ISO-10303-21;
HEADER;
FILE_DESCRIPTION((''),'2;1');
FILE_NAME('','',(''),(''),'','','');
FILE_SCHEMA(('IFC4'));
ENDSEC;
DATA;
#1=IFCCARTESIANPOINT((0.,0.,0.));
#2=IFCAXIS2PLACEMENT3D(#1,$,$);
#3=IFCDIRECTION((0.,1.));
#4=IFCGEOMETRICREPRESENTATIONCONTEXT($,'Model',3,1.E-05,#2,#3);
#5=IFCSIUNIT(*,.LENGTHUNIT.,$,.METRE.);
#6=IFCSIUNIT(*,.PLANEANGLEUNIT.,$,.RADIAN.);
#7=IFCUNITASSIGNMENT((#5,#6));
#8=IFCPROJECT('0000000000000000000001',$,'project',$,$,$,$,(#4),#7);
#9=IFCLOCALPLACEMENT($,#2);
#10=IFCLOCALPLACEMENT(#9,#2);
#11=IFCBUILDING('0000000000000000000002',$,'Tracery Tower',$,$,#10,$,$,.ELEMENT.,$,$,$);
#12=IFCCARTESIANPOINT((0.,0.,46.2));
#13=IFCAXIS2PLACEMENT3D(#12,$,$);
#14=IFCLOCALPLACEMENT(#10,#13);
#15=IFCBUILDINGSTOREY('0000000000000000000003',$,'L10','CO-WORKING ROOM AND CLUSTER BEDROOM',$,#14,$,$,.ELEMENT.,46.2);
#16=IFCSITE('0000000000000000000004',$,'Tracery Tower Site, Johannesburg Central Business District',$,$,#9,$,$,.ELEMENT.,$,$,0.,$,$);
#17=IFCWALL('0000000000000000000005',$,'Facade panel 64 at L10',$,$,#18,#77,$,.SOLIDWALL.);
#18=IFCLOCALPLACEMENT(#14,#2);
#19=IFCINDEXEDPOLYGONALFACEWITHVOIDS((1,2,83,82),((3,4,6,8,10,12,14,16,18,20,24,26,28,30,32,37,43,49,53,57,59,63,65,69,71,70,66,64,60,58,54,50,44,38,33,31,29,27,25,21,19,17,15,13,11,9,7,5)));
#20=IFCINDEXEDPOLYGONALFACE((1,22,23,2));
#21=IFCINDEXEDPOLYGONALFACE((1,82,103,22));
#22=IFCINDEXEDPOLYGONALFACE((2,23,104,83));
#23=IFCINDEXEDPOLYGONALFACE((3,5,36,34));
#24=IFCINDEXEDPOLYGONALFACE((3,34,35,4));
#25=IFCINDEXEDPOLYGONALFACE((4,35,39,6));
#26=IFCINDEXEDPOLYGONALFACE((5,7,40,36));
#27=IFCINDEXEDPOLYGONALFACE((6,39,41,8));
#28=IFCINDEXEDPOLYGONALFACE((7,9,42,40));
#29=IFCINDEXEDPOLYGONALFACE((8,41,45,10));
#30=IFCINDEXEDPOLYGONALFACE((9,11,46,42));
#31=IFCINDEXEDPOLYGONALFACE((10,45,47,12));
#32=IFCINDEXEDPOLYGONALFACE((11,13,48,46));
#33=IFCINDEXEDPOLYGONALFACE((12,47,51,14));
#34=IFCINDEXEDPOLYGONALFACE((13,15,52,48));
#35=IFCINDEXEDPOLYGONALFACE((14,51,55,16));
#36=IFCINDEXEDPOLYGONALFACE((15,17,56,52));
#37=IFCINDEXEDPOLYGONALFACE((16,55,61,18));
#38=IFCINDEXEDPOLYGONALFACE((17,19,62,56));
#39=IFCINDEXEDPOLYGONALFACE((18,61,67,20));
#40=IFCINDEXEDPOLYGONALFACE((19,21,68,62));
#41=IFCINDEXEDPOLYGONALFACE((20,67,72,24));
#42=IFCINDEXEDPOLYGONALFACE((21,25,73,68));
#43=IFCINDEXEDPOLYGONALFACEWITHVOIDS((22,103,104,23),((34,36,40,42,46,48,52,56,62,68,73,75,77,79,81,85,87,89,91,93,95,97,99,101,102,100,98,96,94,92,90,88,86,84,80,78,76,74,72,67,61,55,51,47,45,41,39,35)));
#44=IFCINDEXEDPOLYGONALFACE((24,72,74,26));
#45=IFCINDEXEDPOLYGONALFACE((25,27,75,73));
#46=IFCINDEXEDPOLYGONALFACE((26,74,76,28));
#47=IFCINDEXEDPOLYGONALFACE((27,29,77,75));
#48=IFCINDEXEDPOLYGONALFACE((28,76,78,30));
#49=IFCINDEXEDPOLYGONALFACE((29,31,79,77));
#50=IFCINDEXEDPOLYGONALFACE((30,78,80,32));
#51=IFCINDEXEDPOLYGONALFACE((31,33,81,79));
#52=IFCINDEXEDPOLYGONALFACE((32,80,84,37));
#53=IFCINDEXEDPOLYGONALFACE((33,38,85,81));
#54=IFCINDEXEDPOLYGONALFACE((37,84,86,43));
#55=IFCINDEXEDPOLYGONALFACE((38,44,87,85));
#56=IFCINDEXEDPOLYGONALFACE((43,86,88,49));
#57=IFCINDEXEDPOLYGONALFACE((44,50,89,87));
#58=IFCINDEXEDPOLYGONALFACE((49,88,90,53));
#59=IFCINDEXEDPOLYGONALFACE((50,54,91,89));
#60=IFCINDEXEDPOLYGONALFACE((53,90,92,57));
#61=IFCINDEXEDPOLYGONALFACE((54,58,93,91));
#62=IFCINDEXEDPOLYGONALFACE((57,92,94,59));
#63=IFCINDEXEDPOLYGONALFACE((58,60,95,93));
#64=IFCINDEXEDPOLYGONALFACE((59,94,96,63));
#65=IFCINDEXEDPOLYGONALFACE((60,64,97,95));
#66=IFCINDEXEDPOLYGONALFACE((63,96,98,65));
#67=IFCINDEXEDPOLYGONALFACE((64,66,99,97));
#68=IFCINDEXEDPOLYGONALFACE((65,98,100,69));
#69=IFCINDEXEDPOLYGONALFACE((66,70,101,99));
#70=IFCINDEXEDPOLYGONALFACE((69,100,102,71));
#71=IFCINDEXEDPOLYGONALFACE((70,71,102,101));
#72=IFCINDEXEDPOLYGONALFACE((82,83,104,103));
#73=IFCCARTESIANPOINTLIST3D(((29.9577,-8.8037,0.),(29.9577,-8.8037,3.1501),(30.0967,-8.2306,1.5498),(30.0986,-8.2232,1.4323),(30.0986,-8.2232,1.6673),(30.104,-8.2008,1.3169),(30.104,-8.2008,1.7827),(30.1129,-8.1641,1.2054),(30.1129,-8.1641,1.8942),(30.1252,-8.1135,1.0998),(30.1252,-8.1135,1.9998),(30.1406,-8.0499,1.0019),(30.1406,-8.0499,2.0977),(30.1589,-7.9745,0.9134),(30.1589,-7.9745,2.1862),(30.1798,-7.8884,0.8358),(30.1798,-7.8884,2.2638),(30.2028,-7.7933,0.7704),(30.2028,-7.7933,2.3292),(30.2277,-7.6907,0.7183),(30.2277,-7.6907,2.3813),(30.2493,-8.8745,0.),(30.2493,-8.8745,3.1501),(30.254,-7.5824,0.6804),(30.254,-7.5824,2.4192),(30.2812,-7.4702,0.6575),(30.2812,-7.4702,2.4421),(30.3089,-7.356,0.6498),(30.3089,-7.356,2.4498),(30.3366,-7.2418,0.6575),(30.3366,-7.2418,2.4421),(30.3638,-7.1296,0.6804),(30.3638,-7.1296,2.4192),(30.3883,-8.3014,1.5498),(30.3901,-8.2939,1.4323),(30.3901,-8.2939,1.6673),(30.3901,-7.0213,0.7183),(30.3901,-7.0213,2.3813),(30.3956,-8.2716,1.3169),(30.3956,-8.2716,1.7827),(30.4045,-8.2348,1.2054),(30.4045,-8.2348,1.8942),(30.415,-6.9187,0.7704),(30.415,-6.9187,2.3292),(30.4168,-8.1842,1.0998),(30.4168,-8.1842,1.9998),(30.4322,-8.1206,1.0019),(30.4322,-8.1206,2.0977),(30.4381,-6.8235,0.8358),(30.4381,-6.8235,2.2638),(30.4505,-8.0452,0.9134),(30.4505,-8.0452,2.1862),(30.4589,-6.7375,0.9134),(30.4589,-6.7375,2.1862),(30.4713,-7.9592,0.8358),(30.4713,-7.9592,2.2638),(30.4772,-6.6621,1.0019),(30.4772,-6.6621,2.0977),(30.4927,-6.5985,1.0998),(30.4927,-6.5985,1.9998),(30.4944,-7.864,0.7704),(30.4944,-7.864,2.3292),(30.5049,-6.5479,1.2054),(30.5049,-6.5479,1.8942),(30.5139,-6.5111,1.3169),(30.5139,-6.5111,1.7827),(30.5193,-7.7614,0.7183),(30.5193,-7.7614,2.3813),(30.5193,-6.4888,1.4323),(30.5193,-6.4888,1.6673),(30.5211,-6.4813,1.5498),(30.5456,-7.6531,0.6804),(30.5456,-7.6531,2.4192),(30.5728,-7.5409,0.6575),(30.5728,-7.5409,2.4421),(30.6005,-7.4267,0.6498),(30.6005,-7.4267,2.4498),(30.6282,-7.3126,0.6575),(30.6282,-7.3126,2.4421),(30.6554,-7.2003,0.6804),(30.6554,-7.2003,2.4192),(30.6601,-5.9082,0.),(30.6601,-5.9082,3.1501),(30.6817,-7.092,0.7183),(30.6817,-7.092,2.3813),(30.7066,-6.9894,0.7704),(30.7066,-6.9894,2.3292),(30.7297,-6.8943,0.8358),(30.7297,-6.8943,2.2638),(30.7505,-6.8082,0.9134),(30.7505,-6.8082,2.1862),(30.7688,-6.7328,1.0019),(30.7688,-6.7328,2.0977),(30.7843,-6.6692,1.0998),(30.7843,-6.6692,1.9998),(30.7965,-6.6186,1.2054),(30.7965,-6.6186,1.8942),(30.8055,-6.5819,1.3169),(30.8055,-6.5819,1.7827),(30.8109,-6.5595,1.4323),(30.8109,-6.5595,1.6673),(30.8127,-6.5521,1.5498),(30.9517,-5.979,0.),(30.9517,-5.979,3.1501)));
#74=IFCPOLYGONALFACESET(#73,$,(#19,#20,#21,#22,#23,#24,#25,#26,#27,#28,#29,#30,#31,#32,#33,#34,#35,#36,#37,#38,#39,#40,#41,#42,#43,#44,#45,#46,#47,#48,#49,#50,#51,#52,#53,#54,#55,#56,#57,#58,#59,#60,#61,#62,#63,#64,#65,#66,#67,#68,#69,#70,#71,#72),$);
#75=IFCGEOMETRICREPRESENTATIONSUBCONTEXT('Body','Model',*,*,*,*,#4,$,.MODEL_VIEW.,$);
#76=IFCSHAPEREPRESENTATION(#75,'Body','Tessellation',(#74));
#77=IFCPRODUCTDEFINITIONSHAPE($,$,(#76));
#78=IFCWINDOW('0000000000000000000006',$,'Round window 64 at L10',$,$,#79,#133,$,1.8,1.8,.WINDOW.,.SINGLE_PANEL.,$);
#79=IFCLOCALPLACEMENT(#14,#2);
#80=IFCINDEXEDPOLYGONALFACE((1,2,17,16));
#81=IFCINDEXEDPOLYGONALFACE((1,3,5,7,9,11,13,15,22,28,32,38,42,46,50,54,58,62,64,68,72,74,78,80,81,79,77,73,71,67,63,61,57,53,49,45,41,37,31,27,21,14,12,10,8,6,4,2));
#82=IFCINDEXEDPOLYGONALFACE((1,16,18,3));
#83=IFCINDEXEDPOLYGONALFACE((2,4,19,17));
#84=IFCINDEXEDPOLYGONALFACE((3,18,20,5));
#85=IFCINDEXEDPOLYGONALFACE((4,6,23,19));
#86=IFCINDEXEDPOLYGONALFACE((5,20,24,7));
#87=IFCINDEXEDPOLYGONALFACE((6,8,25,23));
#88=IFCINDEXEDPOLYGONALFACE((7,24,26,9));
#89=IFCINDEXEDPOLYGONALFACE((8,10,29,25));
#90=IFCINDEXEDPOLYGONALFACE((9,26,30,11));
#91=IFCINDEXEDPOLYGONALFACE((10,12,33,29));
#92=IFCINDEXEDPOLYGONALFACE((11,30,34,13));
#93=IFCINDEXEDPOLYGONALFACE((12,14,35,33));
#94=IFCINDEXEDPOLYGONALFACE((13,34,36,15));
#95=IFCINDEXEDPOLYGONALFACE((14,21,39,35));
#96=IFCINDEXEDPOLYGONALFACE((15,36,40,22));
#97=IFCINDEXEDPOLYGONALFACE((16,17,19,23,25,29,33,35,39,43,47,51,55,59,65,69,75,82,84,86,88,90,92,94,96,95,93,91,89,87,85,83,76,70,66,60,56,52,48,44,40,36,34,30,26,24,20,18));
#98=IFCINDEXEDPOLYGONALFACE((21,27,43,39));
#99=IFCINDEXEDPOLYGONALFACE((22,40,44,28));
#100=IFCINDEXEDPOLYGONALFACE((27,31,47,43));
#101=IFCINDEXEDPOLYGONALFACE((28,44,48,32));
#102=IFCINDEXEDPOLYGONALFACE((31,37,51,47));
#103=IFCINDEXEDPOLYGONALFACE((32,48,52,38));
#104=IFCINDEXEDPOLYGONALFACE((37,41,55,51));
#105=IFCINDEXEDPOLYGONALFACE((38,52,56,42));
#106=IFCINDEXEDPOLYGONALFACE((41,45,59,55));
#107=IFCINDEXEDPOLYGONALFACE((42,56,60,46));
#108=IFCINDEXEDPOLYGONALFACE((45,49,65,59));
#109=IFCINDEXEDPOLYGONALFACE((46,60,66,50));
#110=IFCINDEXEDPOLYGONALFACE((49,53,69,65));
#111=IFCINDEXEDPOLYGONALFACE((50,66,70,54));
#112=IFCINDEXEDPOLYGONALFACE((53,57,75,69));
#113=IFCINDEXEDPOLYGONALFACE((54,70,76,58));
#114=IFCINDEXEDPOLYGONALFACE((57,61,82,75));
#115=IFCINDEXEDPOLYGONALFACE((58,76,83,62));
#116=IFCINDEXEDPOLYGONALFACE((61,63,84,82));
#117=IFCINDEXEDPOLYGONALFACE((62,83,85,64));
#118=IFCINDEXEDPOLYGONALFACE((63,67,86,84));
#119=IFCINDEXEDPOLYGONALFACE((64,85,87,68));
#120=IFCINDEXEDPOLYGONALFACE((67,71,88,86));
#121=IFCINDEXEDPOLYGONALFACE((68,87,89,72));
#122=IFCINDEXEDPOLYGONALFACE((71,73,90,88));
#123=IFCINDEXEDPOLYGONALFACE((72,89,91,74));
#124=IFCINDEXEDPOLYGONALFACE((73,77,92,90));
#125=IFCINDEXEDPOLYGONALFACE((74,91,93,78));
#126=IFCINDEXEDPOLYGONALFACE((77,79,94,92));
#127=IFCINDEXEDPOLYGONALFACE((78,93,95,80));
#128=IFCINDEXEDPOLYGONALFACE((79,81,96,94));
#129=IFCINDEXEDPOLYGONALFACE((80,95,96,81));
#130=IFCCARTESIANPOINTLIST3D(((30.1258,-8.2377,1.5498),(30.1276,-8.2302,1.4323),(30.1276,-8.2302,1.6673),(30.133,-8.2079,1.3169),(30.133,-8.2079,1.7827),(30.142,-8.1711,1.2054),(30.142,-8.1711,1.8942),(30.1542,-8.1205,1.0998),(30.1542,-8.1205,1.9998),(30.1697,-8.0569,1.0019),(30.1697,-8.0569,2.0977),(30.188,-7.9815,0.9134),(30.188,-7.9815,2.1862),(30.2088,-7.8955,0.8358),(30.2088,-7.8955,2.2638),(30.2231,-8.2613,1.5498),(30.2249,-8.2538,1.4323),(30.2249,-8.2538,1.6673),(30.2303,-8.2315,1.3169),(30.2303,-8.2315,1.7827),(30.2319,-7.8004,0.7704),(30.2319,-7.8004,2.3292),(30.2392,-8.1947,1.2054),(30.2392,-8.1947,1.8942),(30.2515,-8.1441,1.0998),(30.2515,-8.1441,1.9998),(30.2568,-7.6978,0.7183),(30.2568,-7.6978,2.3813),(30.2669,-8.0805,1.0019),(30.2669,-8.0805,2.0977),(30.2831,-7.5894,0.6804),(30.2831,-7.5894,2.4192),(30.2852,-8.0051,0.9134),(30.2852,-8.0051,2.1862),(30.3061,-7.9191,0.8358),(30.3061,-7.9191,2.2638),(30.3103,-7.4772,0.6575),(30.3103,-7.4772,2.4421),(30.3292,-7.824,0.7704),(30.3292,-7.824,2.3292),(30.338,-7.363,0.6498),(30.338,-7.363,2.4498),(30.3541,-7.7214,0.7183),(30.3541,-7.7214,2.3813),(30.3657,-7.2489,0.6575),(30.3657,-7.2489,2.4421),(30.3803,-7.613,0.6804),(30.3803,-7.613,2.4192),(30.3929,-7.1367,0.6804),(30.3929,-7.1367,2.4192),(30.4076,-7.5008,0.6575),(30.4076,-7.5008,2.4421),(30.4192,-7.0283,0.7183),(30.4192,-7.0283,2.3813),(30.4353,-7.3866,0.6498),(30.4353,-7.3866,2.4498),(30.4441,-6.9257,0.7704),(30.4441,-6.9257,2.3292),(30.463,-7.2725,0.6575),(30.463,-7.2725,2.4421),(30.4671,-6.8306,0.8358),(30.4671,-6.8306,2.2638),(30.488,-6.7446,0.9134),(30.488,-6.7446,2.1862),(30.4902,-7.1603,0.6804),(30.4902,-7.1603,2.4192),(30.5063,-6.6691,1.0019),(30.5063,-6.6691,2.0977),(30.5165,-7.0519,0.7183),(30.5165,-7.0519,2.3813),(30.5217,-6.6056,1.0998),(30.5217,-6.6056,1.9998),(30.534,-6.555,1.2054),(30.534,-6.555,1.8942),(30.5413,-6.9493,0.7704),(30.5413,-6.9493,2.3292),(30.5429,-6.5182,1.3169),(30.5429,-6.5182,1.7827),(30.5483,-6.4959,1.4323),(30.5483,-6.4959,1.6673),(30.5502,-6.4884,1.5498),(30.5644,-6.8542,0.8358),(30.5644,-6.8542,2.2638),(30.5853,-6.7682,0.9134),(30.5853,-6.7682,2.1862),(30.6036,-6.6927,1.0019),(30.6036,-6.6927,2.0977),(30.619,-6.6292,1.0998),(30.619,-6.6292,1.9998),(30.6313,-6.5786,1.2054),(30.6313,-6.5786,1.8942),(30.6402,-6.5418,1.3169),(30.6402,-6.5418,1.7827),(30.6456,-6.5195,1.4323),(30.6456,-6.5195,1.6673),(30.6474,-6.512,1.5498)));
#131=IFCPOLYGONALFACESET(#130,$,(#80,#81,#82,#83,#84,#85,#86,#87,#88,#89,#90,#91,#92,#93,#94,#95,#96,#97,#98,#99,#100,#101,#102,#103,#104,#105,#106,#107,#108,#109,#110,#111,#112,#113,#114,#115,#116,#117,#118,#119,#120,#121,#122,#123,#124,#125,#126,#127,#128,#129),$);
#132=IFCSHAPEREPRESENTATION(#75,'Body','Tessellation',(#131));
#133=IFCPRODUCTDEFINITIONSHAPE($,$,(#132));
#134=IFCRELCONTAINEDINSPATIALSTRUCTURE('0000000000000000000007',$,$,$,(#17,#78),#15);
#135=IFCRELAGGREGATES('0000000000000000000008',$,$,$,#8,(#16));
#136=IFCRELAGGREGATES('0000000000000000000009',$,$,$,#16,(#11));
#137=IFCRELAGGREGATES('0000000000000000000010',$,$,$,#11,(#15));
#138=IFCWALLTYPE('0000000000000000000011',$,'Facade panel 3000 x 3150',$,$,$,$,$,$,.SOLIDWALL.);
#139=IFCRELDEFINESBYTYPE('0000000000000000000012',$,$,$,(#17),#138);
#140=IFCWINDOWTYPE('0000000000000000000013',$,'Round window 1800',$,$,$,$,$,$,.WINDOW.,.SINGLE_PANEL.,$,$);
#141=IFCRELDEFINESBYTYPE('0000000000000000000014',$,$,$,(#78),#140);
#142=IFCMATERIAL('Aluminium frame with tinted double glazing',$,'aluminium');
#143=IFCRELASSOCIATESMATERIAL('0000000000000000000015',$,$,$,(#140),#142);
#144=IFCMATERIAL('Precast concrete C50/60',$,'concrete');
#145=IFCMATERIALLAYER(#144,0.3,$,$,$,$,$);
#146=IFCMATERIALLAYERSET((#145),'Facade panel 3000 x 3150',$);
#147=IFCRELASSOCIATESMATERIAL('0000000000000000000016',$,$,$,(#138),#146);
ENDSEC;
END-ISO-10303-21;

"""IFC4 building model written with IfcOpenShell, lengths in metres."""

from ifc_helpers import new_model, si_unit, direction, frame, frame_2d, origin, origin_2d, place, context, subcontext, project, spatial, rectangle, circle, extrude, material, layer, layer_set, type_object, element, fill, save


model = new_model("IFC4")

# Units and contexts
model_context = context("Model", 3, precision=1e-05, world=origin(), true_north=direction((0.0, 1.0)))
body_context = subcontext(model_context, "Body", "Model", "MODEL_VIEW")
ifc_project = project(units=[si_unit("LENGTHUNIT", "METRE"), si_unit("PLANEANGLEUNIT", "RADIAN")], contexts=[model_context])

# Site, building, storey
site_placement = place(None, origin())
site = spatial("IfcSite", under=ifc_project, at=site_placement, Name="Tracery Tower Site, Johannesburg Central Business District", CompositionType="ELEMENT", RefElevation=0.0)
building_placement = place(site_placement, origin())
building = spatial("IfcBuilding", under=site, at=building_placement, Name="Tracery Tower", CompositionType="ELEMENT")
storey_placement = place(building_placement, frame((0.0, 0.0, 46.2)))
storey = spatial("IfcBuildingStorey", under=building, at=storey_placement, Name="L10", Description="CO-WORKING ROOM AND CLUSTER BEDROOM", CompositionType="ELEMENT", Elevation=46.2)

# Wall, opening, window
ifc_material_1 = material(Name="Aluminium frame with tinted double glazing", Category="aluminium")
window_type = type_object("IfcWindowType", Name="Round window 1800", PartitioningType="SINGLE_PANEL", PredefinedType="WINDOW", material=ifc_material_1)
ifc_material_2 = material(Name="Precast concrete C50/60", Category="concrete")
ifc_layer_1 = layer(ifc_material_2, 0.3)
ifc_layer_set_1 = layer_set([ifc_layer_1], Name="Facade panel 3000 x 3150")
wall_type_1 = type_object("IfcWallType", Name="Facade panel 3000 x 3150", PredefinedType="SOLIDWALL", material=ifc_layer_set_1)
wall_1_placement = place(storey_placement, frame((30.1035, -8.8391, 0.0), z_axis=(0.0, 0.0, 1.0), x_axis=(0.235743, 0.971815, 0.0)))
wall_1 = element("IfcWall", 1, at=wall_1_placement, inside=storey, type_object=wall_type_1, Name="Facade panel 64 at L10", PredefinedType="SOLIDWALL", context=body_context, shape_type="SweptSolid", body=[
    extrude(rectangle(XDim=2.9795, YDim=0.3, at=frame_2d((1.4897, 0.0))), origin(), (0.0, 0.0, 1.0), 3.1501),
])
opening_1_placement = place(wall_1_placement, frame((1.4897, 0.0, 1.5498)))
opening_1 = element("IfcOpeningElement", 2, at=opening_1_placement, cuts=wall_1, PredefinedType="OPENING", context=body_context, shape_type="SweptSolid", body=[
    extrude(circle(Radius=0.9, at=origin_2d()), frame((0.0, 0.1599, 0.0), z_axis=(0.0, -1.0, 0.0), x_axis=(1.0, 0.0, 0.0)), (0.0, 0.0, 1.0), 0.3201),
])
window_1_placement = place(opening_1_placement, origin())
window_1 = element("IfcWindow", 3, at=window_1_placement, inside=storey, type_object=window_type, Name="Round window 64 at L10", OverallHeight=1.8, OverallWidth=1.8, PartitioningType="SINGLE_PANEL", PredefinedType="WINDOW", context=body_context, shape_type="SweptSolid", body=[
    extrude(circle(Radius=0.9, at=origin_2d()), frame((0.0, 0.1201, 0.0), z_axis=(0.0, -1.0, 0.0), x_axis=(1.0, 0.0, 0.0)), (0.0, 0.0, 1.0), 0.1001),
])
fill(opening_1, window_1)

save(model, "model.ifc")
